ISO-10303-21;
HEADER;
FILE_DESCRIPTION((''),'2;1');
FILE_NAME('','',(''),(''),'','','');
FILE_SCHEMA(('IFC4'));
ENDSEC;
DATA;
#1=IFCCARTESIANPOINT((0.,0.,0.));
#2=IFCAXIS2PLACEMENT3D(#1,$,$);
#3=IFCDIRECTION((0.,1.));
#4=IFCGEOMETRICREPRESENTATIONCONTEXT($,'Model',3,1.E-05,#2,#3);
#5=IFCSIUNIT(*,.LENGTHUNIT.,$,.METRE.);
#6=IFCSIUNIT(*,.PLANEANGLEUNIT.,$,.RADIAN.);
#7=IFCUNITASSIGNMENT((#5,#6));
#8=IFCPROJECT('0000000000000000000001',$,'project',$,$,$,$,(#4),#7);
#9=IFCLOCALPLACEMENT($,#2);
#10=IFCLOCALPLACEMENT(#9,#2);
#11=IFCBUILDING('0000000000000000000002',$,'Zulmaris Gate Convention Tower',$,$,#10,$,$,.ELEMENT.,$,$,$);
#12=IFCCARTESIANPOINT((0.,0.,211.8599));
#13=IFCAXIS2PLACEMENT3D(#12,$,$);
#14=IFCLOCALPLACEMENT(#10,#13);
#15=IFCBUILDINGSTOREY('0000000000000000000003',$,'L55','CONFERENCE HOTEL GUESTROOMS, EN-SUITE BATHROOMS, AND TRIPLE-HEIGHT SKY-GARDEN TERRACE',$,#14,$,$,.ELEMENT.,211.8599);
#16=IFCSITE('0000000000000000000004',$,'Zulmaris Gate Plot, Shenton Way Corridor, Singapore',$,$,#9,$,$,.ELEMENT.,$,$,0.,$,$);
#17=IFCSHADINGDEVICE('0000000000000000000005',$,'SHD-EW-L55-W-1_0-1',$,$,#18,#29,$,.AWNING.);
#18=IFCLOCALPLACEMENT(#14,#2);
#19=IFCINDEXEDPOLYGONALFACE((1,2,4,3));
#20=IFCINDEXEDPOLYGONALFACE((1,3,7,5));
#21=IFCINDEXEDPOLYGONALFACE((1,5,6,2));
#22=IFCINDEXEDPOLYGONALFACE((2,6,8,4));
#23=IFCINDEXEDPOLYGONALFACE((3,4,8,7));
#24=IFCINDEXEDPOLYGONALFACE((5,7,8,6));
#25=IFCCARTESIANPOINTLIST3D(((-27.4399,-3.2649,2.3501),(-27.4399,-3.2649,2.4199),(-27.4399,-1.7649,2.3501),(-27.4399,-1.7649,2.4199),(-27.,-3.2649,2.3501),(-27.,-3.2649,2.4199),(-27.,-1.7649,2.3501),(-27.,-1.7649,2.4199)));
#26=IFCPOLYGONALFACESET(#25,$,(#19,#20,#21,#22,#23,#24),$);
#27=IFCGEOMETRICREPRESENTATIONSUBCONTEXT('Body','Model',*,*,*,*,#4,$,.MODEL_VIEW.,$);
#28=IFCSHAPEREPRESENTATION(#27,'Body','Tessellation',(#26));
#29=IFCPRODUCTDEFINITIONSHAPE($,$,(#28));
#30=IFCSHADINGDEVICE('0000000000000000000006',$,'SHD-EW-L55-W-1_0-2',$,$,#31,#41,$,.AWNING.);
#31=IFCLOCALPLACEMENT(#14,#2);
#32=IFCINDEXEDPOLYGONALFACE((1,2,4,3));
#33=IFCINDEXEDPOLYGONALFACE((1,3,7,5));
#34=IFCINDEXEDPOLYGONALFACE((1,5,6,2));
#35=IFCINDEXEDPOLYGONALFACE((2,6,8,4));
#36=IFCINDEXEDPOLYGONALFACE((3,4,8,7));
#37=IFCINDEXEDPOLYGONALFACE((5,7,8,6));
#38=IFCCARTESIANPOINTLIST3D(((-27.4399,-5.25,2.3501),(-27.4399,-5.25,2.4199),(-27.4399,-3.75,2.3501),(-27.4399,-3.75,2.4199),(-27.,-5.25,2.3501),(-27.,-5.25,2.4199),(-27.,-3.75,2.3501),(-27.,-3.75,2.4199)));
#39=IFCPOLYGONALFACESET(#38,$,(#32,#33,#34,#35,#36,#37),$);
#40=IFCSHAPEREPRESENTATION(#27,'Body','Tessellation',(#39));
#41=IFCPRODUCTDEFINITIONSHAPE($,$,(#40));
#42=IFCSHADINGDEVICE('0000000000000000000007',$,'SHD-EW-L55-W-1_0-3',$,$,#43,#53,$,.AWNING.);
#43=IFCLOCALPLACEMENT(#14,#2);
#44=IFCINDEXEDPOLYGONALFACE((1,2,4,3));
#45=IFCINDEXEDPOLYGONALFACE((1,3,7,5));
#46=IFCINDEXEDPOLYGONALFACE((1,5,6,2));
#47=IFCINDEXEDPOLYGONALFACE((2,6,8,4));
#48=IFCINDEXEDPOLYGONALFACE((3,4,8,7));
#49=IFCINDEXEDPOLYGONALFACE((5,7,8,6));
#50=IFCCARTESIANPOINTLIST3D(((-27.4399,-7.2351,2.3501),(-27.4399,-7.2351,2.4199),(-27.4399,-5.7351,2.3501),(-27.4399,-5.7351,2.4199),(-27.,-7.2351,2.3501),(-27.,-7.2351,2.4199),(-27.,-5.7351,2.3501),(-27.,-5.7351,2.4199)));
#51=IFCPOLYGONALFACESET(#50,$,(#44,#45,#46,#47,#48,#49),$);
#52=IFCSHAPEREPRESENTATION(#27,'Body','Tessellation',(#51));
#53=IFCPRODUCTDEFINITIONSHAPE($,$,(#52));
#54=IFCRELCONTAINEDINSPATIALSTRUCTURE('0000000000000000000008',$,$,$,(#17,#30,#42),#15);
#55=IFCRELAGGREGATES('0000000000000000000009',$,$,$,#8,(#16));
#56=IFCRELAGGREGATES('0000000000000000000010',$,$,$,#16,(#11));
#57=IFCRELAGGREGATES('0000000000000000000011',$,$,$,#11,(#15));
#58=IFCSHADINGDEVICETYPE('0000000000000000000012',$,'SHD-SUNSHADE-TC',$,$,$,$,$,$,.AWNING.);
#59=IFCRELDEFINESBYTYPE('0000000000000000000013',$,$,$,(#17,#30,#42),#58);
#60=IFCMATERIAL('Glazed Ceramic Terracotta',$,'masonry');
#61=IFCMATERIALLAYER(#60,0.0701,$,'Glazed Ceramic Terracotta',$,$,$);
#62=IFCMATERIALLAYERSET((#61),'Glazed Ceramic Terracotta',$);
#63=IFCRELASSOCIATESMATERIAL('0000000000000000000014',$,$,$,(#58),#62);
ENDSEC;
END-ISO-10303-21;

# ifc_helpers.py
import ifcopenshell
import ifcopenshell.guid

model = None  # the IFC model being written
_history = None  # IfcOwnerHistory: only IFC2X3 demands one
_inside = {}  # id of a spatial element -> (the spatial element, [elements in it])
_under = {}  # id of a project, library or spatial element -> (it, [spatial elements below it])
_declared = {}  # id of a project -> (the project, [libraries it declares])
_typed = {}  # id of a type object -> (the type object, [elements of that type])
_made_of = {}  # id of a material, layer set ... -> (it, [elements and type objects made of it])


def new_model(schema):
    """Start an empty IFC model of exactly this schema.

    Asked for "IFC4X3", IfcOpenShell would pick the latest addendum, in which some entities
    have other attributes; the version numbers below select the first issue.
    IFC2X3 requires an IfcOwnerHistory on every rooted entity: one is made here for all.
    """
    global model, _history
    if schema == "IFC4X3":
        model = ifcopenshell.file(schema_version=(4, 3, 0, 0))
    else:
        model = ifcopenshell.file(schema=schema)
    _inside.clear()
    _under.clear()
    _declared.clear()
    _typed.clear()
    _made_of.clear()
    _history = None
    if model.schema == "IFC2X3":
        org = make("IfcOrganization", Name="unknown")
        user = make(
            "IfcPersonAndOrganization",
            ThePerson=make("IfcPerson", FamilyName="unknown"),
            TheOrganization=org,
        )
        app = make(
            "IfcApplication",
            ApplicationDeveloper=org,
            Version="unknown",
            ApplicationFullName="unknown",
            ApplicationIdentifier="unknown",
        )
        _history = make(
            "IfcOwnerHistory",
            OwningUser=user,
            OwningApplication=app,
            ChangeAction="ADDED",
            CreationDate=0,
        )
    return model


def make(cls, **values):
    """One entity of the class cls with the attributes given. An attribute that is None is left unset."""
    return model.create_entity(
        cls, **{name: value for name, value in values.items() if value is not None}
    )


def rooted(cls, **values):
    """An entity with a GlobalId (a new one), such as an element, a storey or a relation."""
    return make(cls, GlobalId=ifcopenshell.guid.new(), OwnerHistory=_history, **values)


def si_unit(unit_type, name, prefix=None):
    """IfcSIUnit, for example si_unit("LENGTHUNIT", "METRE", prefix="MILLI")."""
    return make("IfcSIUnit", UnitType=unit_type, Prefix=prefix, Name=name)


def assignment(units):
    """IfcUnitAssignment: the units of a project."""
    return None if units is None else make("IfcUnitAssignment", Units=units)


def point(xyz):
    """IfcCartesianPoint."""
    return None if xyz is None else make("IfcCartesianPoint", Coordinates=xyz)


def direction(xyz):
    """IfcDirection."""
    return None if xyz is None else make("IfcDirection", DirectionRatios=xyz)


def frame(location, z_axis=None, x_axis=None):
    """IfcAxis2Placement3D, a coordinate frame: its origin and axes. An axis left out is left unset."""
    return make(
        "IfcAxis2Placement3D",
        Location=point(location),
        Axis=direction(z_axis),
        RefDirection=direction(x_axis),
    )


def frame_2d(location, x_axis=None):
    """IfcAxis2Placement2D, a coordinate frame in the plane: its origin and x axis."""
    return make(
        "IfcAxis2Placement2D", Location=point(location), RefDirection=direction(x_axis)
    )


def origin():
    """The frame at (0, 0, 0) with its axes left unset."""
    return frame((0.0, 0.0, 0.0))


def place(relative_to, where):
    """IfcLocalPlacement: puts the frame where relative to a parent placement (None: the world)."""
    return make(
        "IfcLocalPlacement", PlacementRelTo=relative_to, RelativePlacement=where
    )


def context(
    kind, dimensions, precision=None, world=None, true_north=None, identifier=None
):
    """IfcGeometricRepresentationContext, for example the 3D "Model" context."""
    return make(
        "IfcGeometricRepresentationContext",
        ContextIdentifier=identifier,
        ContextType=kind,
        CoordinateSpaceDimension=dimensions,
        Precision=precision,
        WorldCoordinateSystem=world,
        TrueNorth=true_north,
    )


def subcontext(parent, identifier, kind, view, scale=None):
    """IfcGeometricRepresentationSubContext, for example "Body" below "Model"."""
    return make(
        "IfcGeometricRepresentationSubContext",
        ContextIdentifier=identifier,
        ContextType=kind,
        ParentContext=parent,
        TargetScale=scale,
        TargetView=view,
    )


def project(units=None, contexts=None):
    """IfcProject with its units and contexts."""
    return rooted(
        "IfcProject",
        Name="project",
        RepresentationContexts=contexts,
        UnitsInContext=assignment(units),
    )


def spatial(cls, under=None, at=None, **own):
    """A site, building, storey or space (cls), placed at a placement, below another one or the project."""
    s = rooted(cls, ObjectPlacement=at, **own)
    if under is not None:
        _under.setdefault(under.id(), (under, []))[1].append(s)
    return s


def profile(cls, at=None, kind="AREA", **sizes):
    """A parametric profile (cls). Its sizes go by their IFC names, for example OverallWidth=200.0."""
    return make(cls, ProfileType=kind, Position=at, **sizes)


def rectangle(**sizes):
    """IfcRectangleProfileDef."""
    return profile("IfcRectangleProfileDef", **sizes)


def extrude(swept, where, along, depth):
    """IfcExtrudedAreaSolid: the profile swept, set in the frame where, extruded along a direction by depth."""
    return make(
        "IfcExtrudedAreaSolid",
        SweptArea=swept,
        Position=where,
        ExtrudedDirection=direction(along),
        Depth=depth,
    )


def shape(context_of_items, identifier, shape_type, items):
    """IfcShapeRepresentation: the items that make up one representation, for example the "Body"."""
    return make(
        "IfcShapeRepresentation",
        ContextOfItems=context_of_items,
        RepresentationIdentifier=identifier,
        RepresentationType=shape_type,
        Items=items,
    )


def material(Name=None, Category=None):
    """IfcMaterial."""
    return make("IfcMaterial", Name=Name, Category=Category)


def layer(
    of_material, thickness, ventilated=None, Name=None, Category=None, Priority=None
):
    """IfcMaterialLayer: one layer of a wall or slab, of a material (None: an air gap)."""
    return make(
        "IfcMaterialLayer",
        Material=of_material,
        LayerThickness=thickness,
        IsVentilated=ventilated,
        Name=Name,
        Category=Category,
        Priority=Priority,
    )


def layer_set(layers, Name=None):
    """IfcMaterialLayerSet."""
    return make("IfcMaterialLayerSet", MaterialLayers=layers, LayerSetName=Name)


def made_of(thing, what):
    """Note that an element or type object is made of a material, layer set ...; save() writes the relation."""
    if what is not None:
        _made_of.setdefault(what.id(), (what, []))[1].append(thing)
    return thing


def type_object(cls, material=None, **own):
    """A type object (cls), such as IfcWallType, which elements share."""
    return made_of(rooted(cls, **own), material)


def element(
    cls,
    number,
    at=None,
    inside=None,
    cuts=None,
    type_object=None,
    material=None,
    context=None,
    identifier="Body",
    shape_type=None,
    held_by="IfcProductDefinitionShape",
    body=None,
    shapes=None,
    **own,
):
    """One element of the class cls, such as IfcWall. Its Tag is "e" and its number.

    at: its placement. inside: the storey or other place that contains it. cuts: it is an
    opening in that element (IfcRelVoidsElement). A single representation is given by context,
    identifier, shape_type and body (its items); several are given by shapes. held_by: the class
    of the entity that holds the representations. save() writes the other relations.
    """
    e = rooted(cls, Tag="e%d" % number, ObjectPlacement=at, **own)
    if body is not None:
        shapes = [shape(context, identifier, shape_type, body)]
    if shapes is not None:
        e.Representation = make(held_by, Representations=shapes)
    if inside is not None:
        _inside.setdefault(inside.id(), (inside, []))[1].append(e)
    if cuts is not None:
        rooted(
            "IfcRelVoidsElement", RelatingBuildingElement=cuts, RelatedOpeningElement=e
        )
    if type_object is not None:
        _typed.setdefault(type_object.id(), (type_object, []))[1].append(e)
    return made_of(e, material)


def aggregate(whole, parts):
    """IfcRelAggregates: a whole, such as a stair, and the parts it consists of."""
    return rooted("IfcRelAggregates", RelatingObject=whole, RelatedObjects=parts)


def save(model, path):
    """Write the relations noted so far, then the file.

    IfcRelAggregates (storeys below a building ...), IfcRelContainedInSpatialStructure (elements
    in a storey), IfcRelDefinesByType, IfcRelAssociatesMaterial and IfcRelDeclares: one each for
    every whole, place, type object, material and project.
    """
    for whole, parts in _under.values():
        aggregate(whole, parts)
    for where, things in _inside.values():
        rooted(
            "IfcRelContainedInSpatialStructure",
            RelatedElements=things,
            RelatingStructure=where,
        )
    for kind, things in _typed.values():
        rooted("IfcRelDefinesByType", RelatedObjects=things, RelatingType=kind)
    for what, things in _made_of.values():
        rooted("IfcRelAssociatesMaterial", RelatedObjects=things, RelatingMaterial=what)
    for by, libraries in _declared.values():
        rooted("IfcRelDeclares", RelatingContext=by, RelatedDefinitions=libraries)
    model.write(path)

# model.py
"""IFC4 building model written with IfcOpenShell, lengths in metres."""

from ifc_helpers import new_model, si_unit, direction, frame, frame_2d, origin, place, context, subcontext, project, spatial, rectangle, extrude, material, layer, layer_set, type_object, element, save


model = new_model("IFC4")

# Units and contexts
model_context = context("Model", 3, precision=1e-05, world=origin(), true_north=direction((0.0, 1.0)))
body_context = subcontext(model_context, "Body", "Model", "MODEL_VIEW")
ifc_project = project(units=[si_unit("LENGTHUNIT", "METRE"), si_unit("PLANEANGLEUNIT", "RADIAN")], contexts=[model_context])

# Site, building, storey
site_placement = place(None, origin())
site = spatial("IfcSite", under=ifc_project, at=site_placement, Name="Zulmaris Gate Plot, Shenton Way Corridor, Singapore", CompositionType="ELEMENT", RefElevation=0.0)
building_placement = place(site_placement, origin())
building = spatial("IfcBuilding", under=site, at=building_placement, Name="Zulmaris Gate Convention Tower", CompositionType="ELEMENT")
storey_placement = place(building_placement, frame((0.0, 0.0, 211.8599)))
storey = spatial("IfcBuildingStorey", under=building, at=storey_placement, Name="L55", Description="CONFERENCE HOTEL GUESTROOMS, EN-SUITE BATHROOMS, AND TRIPLE-HEIGHT SKY-GARDEN TERRACE", CompositionType="ELEMENT", Elevation=211.8599)

# Shading devices
ifc_material_1 = material(Name="Glazed Ceramic Terracotta", Category="masonry")
ifc_layer_1 = layer(ifc_material_1, 0.0701, Name="Glazed Ceramic Terracotta")
ifc_layer_set_1 = layer_set([ifc_layer_1], Name="Glazed Ceramic Terracotta")
shading_device_type = type_object("IfcShadingDeviceType", Name="SHD-SUNSHADE-TC", PredefinedType="AWNING", material=ifc_layer_set_1)
for number, where, z_axis, x_axis, name in (
    (1, (-27.22, -1.7649, 2.3501), (0.0, 0.0, 1.0), (0.0, -1.0, 0.0), "SHD-EW-L55-W-1_0-1"),
    (2, (-27.22, -3.75, 2.3501), (0.0, 0.0, 1.0), (0.0, -1.0, 0.0), "SHD-EW-L55-W-1_0-2"),
    (3, (-27.22, -5.7351, 2.3501), (0.0, 0.0, 1.0), (0.0, -1.0, 0.0), "SHD-EW-L55-W-1_0-3"),
):
    element("IfcShadingDevice", number, at=place(storey_placement, frame(where, z_axis=z_axis, x_axis=x_axis)), inside=storey, type_object=shading_device_type, Name=name, PredefinedType="AWNING", context=body_context, shape_type="SweptSolid", body=[
        extrude(rectangle(XDim=1.5, YDim=0.4399, at=frame_2d((0.75, 0.0))), origin(), (0.0, 0.0, 1.0), 0.0698),
    ])

save(model, "model.ifc")
